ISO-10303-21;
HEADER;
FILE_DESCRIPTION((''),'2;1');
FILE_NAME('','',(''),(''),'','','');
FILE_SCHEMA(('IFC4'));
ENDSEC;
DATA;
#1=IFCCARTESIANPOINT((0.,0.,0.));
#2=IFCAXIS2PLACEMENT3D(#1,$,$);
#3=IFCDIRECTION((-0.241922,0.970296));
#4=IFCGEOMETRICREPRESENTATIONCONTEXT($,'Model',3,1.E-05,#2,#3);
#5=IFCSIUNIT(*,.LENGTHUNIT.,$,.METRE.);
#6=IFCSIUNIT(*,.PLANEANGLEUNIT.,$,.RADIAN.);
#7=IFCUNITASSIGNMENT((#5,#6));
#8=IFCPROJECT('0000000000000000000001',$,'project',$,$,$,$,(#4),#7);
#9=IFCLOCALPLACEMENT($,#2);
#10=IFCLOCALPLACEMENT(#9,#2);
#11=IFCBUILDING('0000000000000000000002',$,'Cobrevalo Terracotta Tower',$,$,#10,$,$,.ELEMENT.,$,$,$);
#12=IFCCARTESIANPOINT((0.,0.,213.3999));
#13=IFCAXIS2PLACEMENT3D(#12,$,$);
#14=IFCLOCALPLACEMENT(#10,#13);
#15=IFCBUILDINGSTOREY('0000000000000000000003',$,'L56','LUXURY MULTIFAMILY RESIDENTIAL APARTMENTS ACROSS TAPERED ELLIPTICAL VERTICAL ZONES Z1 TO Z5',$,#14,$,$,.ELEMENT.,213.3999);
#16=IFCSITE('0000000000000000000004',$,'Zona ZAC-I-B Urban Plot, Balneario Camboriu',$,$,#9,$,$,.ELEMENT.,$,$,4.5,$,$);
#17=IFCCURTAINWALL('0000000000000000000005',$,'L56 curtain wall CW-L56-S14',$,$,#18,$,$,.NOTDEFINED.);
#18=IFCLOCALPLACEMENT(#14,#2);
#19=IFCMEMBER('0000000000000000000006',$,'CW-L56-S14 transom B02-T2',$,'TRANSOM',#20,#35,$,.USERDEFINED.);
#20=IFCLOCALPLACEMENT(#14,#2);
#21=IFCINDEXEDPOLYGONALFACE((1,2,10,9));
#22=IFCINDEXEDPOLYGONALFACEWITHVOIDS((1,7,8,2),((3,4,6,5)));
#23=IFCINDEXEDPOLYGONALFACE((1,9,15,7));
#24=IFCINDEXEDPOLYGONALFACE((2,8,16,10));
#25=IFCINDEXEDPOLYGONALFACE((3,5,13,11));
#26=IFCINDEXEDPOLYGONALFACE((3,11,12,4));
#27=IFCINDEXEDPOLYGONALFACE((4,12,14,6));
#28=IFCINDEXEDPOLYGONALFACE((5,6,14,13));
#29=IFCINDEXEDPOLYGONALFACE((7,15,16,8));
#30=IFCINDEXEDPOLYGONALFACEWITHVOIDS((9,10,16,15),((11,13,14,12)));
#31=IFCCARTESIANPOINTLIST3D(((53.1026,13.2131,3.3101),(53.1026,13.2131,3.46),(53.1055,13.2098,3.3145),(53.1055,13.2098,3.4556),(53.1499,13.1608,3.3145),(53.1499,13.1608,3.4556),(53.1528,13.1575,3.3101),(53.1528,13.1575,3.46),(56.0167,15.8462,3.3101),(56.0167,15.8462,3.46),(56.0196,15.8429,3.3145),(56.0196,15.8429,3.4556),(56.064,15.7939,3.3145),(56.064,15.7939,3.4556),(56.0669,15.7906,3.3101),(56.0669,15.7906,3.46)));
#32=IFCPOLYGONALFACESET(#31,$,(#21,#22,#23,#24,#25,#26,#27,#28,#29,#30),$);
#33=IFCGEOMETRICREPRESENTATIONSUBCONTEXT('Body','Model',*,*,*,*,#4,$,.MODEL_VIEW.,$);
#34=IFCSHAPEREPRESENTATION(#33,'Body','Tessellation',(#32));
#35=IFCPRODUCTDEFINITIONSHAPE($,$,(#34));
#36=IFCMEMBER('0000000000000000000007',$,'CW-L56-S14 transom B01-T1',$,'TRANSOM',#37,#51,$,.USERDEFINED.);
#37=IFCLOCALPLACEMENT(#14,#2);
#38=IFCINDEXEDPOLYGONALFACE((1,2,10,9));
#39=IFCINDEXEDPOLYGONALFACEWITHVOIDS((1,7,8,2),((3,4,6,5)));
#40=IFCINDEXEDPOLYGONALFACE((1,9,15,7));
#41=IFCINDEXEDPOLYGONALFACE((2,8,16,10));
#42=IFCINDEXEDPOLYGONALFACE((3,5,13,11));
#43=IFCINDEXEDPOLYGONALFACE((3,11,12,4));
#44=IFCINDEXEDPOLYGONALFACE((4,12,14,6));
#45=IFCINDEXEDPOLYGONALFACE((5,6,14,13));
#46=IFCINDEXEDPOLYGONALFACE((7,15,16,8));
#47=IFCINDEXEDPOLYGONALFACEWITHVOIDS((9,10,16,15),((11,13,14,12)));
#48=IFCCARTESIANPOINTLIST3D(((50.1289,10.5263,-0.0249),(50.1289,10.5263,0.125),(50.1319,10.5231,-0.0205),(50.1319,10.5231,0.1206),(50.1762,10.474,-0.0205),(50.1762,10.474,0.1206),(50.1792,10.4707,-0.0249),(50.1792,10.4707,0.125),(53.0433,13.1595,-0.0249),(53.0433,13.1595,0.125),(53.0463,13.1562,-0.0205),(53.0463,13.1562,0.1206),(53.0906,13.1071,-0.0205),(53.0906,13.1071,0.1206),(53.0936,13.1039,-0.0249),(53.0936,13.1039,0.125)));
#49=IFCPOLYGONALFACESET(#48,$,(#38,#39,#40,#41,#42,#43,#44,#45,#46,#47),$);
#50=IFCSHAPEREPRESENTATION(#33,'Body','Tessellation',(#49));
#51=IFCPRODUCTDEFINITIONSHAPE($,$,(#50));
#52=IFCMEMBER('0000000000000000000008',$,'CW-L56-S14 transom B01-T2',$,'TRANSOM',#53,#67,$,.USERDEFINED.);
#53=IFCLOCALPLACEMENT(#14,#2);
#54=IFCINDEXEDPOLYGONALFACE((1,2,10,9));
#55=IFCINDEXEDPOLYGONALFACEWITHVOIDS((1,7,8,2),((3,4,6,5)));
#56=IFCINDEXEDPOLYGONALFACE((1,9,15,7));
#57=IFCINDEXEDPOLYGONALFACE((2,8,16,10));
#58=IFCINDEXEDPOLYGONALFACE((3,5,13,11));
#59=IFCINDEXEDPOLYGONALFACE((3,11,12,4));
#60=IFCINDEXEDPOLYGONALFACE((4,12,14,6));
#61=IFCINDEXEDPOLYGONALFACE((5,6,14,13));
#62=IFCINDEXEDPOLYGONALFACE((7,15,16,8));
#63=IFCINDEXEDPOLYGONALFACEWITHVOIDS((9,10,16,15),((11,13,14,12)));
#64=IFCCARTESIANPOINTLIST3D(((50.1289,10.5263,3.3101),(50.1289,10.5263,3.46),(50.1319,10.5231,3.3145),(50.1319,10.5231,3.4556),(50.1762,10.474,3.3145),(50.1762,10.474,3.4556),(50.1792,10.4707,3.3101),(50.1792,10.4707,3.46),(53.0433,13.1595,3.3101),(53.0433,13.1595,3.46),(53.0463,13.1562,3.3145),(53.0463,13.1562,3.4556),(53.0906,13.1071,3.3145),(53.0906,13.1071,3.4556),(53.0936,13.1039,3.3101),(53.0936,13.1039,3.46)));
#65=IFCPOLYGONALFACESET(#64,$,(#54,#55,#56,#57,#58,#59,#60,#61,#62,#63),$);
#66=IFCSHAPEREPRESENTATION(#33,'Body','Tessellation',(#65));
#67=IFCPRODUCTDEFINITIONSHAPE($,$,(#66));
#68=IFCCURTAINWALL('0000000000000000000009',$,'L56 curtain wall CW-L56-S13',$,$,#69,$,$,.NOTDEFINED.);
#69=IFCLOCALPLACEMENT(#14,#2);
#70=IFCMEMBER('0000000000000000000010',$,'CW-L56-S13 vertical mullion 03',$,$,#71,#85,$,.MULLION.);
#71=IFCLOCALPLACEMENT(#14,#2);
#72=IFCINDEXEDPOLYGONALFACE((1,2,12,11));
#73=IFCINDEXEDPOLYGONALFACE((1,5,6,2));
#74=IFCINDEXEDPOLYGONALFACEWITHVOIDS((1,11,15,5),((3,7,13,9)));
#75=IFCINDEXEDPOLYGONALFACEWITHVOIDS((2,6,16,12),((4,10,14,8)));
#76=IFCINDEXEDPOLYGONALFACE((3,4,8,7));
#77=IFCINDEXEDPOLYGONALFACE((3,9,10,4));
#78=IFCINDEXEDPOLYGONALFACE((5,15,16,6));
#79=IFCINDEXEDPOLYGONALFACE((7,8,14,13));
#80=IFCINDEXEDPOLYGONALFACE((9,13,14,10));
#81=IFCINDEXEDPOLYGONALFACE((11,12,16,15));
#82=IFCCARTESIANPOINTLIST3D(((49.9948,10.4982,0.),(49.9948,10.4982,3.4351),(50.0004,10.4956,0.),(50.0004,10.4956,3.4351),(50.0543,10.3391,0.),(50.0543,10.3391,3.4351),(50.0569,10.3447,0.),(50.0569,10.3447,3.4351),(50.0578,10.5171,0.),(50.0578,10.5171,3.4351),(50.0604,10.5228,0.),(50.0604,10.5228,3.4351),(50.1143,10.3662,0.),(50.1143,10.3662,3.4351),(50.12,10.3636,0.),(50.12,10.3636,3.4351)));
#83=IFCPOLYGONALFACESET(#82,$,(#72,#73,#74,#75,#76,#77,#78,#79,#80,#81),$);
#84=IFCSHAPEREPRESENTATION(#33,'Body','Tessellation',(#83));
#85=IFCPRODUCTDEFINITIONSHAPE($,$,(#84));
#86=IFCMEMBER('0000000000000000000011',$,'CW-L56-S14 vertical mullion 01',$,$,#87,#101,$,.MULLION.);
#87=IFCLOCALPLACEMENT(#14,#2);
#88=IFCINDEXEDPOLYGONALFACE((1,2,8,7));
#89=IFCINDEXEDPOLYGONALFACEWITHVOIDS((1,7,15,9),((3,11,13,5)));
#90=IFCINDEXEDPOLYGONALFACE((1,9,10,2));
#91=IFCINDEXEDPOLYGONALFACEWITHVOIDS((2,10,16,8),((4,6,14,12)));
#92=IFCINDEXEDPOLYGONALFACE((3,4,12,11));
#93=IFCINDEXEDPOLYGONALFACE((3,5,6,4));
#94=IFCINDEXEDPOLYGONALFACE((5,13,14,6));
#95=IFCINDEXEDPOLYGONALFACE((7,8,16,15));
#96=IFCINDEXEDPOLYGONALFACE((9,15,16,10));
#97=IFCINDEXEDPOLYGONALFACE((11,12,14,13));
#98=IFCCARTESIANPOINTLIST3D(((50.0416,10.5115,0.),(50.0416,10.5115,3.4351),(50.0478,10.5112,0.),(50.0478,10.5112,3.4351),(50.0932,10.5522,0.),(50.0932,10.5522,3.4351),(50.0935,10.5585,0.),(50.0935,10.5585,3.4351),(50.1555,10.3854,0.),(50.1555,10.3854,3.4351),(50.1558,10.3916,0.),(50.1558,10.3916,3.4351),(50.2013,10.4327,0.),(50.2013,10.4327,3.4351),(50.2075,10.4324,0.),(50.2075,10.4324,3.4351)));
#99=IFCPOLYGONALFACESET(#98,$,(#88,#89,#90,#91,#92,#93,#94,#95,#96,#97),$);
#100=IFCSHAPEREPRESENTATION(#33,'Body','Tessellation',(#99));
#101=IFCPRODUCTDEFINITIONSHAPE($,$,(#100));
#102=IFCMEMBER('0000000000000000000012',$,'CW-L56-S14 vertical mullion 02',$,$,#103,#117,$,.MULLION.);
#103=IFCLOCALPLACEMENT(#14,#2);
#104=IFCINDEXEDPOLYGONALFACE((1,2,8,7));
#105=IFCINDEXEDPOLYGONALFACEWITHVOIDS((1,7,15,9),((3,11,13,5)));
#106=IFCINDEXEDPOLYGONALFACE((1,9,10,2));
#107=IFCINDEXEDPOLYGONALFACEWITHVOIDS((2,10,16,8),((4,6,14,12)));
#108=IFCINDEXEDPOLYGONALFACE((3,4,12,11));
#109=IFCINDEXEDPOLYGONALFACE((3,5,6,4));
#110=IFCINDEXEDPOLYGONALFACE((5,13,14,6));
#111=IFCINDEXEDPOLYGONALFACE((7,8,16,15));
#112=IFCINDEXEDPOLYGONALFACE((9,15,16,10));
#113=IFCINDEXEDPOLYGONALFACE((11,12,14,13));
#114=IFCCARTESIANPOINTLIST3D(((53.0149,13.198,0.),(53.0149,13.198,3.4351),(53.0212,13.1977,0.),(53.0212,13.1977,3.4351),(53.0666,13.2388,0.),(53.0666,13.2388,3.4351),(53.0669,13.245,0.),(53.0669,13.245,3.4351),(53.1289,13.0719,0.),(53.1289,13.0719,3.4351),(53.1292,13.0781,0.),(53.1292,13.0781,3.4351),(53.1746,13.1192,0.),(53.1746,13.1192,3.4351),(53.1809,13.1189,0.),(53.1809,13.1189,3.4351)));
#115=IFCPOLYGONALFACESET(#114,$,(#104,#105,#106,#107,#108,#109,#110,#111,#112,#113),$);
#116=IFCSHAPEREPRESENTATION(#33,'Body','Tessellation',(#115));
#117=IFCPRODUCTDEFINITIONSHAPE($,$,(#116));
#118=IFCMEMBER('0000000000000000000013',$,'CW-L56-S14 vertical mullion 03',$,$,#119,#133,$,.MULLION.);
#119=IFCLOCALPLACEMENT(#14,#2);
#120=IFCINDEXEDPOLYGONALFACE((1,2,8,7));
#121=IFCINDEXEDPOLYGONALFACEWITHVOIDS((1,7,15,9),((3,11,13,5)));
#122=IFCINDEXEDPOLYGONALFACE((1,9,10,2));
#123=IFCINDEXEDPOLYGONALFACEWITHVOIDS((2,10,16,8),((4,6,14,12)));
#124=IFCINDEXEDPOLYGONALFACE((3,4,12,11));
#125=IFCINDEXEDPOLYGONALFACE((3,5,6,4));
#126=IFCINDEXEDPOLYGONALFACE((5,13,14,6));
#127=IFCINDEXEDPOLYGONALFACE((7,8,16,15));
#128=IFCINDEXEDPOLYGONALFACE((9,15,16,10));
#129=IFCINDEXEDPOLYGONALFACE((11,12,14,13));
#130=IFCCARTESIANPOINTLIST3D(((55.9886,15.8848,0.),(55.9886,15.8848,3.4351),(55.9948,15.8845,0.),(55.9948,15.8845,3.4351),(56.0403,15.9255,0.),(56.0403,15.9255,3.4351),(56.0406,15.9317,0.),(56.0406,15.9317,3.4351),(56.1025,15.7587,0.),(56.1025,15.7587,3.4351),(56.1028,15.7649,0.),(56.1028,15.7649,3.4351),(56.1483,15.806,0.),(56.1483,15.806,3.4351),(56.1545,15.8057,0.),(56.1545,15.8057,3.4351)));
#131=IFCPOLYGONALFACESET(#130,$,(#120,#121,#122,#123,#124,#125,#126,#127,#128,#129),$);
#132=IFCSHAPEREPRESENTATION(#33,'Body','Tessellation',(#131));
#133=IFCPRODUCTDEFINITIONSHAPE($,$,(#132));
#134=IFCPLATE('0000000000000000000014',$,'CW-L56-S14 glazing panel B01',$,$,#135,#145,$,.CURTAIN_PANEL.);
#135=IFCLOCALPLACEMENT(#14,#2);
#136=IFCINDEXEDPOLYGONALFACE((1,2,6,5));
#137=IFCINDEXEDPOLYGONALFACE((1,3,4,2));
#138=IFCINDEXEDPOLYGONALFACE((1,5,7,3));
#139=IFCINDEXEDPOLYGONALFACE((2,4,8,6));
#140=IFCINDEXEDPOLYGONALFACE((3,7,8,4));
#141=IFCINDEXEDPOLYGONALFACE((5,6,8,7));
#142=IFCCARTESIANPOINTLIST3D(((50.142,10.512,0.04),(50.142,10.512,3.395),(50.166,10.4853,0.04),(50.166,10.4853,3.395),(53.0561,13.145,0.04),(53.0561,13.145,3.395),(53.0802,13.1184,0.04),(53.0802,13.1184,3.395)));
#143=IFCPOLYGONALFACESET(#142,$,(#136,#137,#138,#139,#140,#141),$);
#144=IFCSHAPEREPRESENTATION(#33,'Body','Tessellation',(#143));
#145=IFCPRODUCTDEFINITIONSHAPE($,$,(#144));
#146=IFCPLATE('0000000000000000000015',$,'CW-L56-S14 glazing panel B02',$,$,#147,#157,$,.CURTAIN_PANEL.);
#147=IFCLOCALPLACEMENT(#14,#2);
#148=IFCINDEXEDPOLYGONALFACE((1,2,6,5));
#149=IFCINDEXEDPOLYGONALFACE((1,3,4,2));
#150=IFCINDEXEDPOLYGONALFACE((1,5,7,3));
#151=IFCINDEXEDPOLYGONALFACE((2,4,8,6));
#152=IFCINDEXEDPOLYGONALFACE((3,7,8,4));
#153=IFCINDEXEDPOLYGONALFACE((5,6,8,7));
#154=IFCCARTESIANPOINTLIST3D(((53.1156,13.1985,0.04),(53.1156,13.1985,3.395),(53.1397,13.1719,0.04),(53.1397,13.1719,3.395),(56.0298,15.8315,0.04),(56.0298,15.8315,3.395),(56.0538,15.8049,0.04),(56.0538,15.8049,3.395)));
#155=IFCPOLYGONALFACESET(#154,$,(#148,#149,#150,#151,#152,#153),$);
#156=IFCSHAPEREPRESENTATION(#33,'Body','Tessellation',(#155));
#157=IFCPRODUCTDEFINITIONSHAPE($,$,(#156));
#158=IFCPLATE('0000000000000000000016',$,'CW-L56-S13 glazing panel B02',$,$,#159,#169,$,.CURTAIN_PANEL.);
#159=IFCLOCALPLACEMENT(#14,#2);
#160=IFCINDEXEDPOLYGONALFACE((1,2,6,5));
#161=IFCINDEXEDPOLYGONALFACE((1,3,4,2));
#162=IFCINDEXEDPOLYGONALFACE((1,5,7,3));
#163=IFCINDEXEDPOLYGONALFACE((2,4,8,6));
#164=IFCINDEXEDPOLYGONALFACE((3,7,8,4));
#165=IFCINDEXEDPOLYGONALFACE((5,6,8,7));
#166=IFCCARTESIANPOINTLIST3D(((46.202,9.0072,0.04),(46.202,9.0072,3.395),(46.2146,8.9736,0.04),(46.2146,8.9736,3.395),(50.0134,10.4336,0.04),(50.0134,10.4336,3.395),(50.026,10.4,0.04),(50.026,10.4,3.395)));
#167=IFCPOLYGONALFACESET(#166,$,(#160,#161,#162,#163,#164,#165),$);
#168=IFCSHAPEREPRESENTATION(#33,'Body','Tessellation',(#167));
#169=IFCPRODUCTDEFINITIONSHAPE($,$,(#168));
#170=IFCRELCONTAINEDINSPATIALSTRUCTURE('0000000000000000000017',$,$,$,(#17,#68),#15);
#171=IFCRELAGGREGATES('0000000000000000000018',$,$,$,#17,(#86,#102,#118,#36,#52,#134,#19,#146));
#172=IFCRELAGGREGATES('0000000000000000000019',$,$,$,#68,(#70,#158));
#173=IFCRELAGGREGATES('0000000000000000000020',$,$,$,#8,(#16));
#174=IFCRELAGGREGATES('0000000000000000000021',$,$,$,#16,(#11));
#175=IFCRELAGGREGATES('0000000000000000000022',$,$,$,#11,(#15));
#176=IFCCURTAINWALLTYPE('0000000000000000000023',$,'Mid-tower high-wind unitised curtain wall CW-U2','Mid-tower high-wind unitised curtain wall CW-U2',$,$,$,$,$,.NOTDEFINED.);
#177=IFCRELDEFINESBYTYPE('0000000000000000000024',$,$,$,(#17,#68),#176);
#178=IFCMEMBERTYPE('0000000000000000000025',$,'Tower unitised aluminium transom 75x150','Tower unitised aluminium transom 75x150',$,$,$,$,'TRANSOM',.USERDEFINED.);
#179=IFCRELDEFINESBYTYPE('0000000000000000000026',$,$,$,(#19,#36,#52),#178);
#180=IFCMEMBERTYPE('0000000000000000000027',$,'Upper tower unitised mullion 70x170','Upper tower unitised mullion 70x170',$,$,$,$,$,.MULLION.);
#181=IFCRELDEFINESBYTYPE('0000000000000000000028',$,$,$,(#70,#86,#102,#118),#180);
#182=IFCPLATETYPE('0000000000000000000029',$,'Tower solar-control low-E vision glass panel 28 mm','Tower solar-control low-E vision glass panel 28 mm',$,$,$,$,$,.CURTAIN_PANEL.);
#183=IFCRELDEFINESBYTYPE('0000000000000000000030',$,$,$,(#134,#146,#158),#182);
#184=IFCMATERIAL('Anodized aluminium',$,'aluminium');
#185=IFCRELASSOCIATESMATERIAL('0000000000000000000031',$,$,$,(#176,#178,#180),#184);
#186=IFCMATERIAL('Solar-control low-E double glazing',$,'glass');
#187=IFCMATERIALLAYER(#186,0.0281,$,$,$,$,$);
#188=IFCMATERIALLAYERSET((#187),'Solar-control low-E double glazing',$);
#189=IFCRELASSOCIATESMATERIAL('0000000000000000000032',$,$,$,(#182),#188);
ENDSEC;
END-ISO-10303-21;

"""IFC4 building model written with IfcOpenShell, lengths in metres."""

from ifc_helpers import new_model, si_unit, direction, frame, origin, origin_2d, place, context, subcontext, project, spatial, rectangle, hollow_rectangle, extrude, source, transform, mapped, material, layer, layer_set, material_profile, profile_set, type_object, element, aggregate, save


model = new_model("IFC4")

# Units and contexts
model_context = context("Model", 3, precision=1e-05, world=origin(), true_north=direction((-0.241922, 0.970296)))
body_context = subcontext(model_context, "Body", "Model", "MODEL_VIEW")
ifc_project = project(units=[si_unit("LENGTHUNIT", "METRE"), si_unit("PLANEANGLEUNIT", "RADIAN")], contexts=[model_context])

# Site, building, storey
site_placement = place(None, origin())
site = spatial("IfcSite", under=ifc_project, at=site_placement, Name="Zona ZAC-I-B Urban Plot, Balneario Camboriu", CompositionType="ELEMENT", RefElevation=4.5)
building_placement = place(site_placement, origin())
building = spatial("IfcBuilding", under=site, at=building_placement, Name="Cobrevalo Terracotta Tower", CompositionType="ELEMENT")
storey_placement = place(building_placement, frame((0.0, 0.0, 213.3999)))
storey = spatial("IfcBuildingStorey", under=building, at=storey_placement, Name="L56", Description="LUXURY MULTIFAMILY RESIDENTIAL APARTMENTS ACROSS TAPERED ELLIPTICAL VERTICAL ZONES Z1 TO Z5", CompositionType="ELEMENT", Elevation=213.3999)

# Curtain wall, members
ifc_material_1 = material(Name="Anodized aluminium", Category="aluminium")
curtain_wall_type = type_object("IfcCurtainWallType", Name="Mid-tower high-wind unitised curtain wall CW-U2", Description="Mid-tower high-wind unitised curtain wall CW-U2", PredefinedType="NOTDEFINED", material=ifc_material_1)
curtain_wall_1_placement = place(storey_placement, origin())
curtain_wall_1 = element("IfcCurtainWall", 1, at=curtain_wall_1_placement, inside=storey, type_object=curtain_wall_type, Name="L56 curtain wall CW-L56-S14", PredefinedType="NOTDEFINED")
ifc_material_profile_1 = material_profile(ifc_material_1, hollow_rectangle(XDim=0.075, YDim=0.1499, WallThickness=0.0044, at=origin_2d()), Name="CWT 75x150")
ifc_profile_set_1 = profile_set([ifc_material_profile_1], Name="Anodized aluminium")
member_type_1 = type_object("IfcMemberType", Name="Tower unitised aluminium transom 75x150", Description="Tower unitised aluminium transom 75x150", ElementType="TRANSOM", PredefinedType="USERDEFINED", material=ifc_profile_set_1)
shared_shape_1 = source(origin(), body_context, "Body", "SweptSolid", [
    extrude(hollow_rectangle(XDim=0.075, YDim=0.1499, WallThickness=0.0044, at=origin_2d()), origin(), (0.0, 0.0, 1.0), 3.9275),
])
member_1_placement = place(storey_placement, frame((53.1277, 13.1853, 3.385), z_axis=(0.741976, 0.670426, 0.0), x_axis=(-0.670426, 0.741976, 0.0)))
member_1 = element("IfcMember", 2, at=member_1_placement, type_object=member_type_1, Name="CW-L56-S14 transom B02-T2", ObjectType="TRANSOM", PredefinedType="USERDEFINED", context=body_context, shape_type="MappedRepresentation", body=[
    mapped(shared_shape_1, transform((0.0, 0.0, 0.0), scale=1.0)),
])
shared_shape_2 = source(origin(), body_context, "Body", "SweptSolid", [
    extrude(hollow_rectangle(XDim=0.075, YDim=0.1499, WallThickness=0.0044, at=origin_2d()), origin(), (0.0, 0.0, 1.0), 3.9277),
])
member_2_placement = place(storey_placement, frame((50.1541, 10.4985, 0.05), z_axis=(0.742004, 0.670396, 0.0), x_axis=(-0.670396, 0.742004, 0.0)))
member_2 = element("IfcMember", 3, at=member_2_placement, type_object=member_type_1, Name="CW-L56-S14 transom B01-T1", ObjectType="TRANSOM", PredefinedType="USERDEFINED", context=body_context, shape_type="MappedRepresentation", body=[
    mapped(shared_shape_2, transform((0.0, 0.0, 0.0), scale=1.0)),
])
member_3_placement = place(storey_placement, frame((50.1541, 10.4985, 3.385), z_axis=(0.742004, 0.670396, 0.0), x_axis=(-0.670396, 0.742004, 0.0)))
member_3 = element("IfcMember", 4, at=member_3_placement, type_object=member_type_1, Name="CW-L56-S14 transom B01-T2", ObjectType="TRANSOM", PredefinedType="USERDEFINED", context=body_context, shape_type="MappedRepresentation", body=[
    mapped(shared_shape_2, transform((0.0, 0.0, 0.0), scale=1.0)),
])

# Curtain wall, member
curtain_wall_2_placement = place(storey_placement, origin())
curtain_wall_2 = element("IfcCurtainWall", 5, at=curtain_wall_2_placement, inside=storey, type_object=curtain_wall_type, Name="L56 curtain wall CW-L56-S13", PredefinedType="NOTDEFINED")
ifc_material_profile_2 = material_profile(ifc_material_1, hollow_rectangle(XDim=0.0701, YDim=0.1699, WallThickness=0.0044, at=origin_2d()), Name="CWM 70x170")
ifc_profile_set_2 = profile_set([ifc_material_profile_2], Name="Anodized aluminium")
member_type_2 = type_object("IfcMemberType", Name="Upper tower unitised mullion 70x170", Description="Upper tower unitised mullion 70x170", PredefinedType="MULLION", material=ifc_profile_set_2)
shared_shape_3 = source(origin(), body_context, "Body", "SweptSolid", [
    extrude(hollow_rectangle(XDim=0.0701, YDim=0.1699, WallThickness=0.0044, at=origin_2d()), origin(), (0.0, 0.0, 1.0), 3.4351),
])
member_4_placement = place(storey_placement, frame((50.0574, 10.4309, 0.0), z_axis=(0.0, 0.0, 1.0), x_axis=(0.936556, 0.350518, 0.0)))
member_4 = element("IfcMember", 6, at=member_4_placement, type_object=member_type_2, Name="CW-L56-S13 vertical mullion 03", PredefinedType="MULLION", context=body_context, shape_type="MappedRepresentation", body=[
    mapped(shared_shape_3, transform((0.0, 0.0, 0.0), scale=1.0)),
])

# Members
member_5_placement = place(storey_placement, frame((50.1245, 10.4719, 0.0), z_axis=(0.0, 0.0, 1.0), x_axis=(0.741988, 0.670414, 0.0)))
member_5 = element("IfcMember", 7, at=member_5_placement, type_object=member_type_2, Name="CW-L56-S14 vertical mullion 01", PredefinedType="MULLION", context=body_context, shape_type="MappedRepresentation", body=[
    mapped(shared_shape_3, transform((0.0, 0.0, 0.0), scale=1.0)),
])
member_6_placement = place(storey_placement, frame((53.0979, 13.1584, 0.0), z_axis=(0.0, 0.0, 1.0), x_axis=(0.741988, 0.670414, 0.0)))
member_6 = element("IfcMember", 8, at=member_6_placement, type_object=member_type_2, Name="CW-L56-S14 vertical mullion 02", PredefinedType="MULLION", context=body_context, shape_type="MappedRepresentation", body=[
    mapped(shared_shape_3, transform((0.0, 0.0, 0.0), scale=1.0)),
])
member_7_placement = place(storey_placement, frame((56.0715, 15.8452, 0.0), z_axis=(0.0, 0.0, 1.0), x_axis=(0.741988, 0.670414, 0.0)))
member_7 = element("IfcMember", 9, at=member_7_placement, type_object=member_type_2, Name="CW-L56-S14 vertical mullion 03", PredefinedType="MULLION", context=body_context, shape_type="MappedRepresentation", body=[
    mapped(shared_shape_3, transform((0.0, 0.0, 0.0), scale=1.0)),
])

# Plates
ifc_material_2 = material(Name="Solar-control low-E double glazing", Category="glass")
ifc_layer_1 = layer(ifc_material_2, 0.0281)
ifc_layer_set_1 = layer_set([ifc_layer_1], Name="Solar-control low-E double glazing")
plate_type = type_object("IfcPlateType", Name="Tower solar-control low-E vision glass panel 28 mm", Description="Tower solar-control low-E vision glass panel 28 mm", PredefinedType="CURTAIN_PANEL", material=ifc_layer_set_1)
shared_shape_4 = source(origin(), body_context, "Body", "SweptSolid", [
    extrude(rectangle(XDim=3.9275, YDim=0.0359, at=origin_2d()), origin(), (0.0, 0.0, 1.0), 3.355),
])
plate_1_placement = place(storey_placement, frame((51.6111, 11.8152, 0.04), z_axis=(0.0, 0.0, 1.0), x_axis=(0.741988, 0.670414, 0.0)))
plate_1 = element("IfcPlate", 10, at=plate_1_placement, type_object=plate_type, Name="CW-L56-S14 glazing panel B01", PredefinedType="CURTAIN_PANEL", context=body_context, shape_type="MappedRepresentation", body=[
    mapped(shared_shape_4, transform((0.0, 0.0, 0.0), scale=1.0)),
])
plate_2_placement = place(storey_placement, frame((54.5847, 14.5017, 0.04), z_axis=(0.0, 0.0, 1.0), x_axis=(0.741988, 0.670414, 0.0)))
plate_2 = element("IfcPlate", 11, at=plate_2_placement, type_object=plate_type, Name="CW-L56-S14 glazing panel B02", PredefinedType="CURTAIN_PANEL", context=body_context, shape_type="MappedRepresentation", body=[
    mapped(shared_shape_4, transform((0.0, 0.0, 0.0), scale=1.0)),
])
aggregate(curtain_wall_1, [member_5, member_6, member_7, member_2, member_3, plate_1, member_1, plate_2])
shared_shape_5 = source(origin(), body_context, "Body", "SweptSolid", [
    extrude(rectangle(XDim=4.0696, YDim=0.0359, at=origin_2d()), origin(), (0.0, 0.0, 1.0), 3.355),
])
plate_3_placement = place(storey_placement, frame((48.114, 9.7036, 0.04), z_axis=(0.0, 0.0, 1.0), x_axis=(0.936558, 0.350513, 0.0)))
plate_3 = element("IfcPlate", 12, at=plate_3_placement, type_object=plate_type, Name="CW-L56-S13 glazing panel B02", PredefinedType="CURTAIN_PANEL", context=body_context, shape_type="MappedRepresentation", body=[
    mapped(shared_shape_5, transform((0.0, 0.0, 0.0), scale=1.0)),
])
aggregate(curtain_wall_2, [member_4, plate_3])

save(model, "model.ifc")
